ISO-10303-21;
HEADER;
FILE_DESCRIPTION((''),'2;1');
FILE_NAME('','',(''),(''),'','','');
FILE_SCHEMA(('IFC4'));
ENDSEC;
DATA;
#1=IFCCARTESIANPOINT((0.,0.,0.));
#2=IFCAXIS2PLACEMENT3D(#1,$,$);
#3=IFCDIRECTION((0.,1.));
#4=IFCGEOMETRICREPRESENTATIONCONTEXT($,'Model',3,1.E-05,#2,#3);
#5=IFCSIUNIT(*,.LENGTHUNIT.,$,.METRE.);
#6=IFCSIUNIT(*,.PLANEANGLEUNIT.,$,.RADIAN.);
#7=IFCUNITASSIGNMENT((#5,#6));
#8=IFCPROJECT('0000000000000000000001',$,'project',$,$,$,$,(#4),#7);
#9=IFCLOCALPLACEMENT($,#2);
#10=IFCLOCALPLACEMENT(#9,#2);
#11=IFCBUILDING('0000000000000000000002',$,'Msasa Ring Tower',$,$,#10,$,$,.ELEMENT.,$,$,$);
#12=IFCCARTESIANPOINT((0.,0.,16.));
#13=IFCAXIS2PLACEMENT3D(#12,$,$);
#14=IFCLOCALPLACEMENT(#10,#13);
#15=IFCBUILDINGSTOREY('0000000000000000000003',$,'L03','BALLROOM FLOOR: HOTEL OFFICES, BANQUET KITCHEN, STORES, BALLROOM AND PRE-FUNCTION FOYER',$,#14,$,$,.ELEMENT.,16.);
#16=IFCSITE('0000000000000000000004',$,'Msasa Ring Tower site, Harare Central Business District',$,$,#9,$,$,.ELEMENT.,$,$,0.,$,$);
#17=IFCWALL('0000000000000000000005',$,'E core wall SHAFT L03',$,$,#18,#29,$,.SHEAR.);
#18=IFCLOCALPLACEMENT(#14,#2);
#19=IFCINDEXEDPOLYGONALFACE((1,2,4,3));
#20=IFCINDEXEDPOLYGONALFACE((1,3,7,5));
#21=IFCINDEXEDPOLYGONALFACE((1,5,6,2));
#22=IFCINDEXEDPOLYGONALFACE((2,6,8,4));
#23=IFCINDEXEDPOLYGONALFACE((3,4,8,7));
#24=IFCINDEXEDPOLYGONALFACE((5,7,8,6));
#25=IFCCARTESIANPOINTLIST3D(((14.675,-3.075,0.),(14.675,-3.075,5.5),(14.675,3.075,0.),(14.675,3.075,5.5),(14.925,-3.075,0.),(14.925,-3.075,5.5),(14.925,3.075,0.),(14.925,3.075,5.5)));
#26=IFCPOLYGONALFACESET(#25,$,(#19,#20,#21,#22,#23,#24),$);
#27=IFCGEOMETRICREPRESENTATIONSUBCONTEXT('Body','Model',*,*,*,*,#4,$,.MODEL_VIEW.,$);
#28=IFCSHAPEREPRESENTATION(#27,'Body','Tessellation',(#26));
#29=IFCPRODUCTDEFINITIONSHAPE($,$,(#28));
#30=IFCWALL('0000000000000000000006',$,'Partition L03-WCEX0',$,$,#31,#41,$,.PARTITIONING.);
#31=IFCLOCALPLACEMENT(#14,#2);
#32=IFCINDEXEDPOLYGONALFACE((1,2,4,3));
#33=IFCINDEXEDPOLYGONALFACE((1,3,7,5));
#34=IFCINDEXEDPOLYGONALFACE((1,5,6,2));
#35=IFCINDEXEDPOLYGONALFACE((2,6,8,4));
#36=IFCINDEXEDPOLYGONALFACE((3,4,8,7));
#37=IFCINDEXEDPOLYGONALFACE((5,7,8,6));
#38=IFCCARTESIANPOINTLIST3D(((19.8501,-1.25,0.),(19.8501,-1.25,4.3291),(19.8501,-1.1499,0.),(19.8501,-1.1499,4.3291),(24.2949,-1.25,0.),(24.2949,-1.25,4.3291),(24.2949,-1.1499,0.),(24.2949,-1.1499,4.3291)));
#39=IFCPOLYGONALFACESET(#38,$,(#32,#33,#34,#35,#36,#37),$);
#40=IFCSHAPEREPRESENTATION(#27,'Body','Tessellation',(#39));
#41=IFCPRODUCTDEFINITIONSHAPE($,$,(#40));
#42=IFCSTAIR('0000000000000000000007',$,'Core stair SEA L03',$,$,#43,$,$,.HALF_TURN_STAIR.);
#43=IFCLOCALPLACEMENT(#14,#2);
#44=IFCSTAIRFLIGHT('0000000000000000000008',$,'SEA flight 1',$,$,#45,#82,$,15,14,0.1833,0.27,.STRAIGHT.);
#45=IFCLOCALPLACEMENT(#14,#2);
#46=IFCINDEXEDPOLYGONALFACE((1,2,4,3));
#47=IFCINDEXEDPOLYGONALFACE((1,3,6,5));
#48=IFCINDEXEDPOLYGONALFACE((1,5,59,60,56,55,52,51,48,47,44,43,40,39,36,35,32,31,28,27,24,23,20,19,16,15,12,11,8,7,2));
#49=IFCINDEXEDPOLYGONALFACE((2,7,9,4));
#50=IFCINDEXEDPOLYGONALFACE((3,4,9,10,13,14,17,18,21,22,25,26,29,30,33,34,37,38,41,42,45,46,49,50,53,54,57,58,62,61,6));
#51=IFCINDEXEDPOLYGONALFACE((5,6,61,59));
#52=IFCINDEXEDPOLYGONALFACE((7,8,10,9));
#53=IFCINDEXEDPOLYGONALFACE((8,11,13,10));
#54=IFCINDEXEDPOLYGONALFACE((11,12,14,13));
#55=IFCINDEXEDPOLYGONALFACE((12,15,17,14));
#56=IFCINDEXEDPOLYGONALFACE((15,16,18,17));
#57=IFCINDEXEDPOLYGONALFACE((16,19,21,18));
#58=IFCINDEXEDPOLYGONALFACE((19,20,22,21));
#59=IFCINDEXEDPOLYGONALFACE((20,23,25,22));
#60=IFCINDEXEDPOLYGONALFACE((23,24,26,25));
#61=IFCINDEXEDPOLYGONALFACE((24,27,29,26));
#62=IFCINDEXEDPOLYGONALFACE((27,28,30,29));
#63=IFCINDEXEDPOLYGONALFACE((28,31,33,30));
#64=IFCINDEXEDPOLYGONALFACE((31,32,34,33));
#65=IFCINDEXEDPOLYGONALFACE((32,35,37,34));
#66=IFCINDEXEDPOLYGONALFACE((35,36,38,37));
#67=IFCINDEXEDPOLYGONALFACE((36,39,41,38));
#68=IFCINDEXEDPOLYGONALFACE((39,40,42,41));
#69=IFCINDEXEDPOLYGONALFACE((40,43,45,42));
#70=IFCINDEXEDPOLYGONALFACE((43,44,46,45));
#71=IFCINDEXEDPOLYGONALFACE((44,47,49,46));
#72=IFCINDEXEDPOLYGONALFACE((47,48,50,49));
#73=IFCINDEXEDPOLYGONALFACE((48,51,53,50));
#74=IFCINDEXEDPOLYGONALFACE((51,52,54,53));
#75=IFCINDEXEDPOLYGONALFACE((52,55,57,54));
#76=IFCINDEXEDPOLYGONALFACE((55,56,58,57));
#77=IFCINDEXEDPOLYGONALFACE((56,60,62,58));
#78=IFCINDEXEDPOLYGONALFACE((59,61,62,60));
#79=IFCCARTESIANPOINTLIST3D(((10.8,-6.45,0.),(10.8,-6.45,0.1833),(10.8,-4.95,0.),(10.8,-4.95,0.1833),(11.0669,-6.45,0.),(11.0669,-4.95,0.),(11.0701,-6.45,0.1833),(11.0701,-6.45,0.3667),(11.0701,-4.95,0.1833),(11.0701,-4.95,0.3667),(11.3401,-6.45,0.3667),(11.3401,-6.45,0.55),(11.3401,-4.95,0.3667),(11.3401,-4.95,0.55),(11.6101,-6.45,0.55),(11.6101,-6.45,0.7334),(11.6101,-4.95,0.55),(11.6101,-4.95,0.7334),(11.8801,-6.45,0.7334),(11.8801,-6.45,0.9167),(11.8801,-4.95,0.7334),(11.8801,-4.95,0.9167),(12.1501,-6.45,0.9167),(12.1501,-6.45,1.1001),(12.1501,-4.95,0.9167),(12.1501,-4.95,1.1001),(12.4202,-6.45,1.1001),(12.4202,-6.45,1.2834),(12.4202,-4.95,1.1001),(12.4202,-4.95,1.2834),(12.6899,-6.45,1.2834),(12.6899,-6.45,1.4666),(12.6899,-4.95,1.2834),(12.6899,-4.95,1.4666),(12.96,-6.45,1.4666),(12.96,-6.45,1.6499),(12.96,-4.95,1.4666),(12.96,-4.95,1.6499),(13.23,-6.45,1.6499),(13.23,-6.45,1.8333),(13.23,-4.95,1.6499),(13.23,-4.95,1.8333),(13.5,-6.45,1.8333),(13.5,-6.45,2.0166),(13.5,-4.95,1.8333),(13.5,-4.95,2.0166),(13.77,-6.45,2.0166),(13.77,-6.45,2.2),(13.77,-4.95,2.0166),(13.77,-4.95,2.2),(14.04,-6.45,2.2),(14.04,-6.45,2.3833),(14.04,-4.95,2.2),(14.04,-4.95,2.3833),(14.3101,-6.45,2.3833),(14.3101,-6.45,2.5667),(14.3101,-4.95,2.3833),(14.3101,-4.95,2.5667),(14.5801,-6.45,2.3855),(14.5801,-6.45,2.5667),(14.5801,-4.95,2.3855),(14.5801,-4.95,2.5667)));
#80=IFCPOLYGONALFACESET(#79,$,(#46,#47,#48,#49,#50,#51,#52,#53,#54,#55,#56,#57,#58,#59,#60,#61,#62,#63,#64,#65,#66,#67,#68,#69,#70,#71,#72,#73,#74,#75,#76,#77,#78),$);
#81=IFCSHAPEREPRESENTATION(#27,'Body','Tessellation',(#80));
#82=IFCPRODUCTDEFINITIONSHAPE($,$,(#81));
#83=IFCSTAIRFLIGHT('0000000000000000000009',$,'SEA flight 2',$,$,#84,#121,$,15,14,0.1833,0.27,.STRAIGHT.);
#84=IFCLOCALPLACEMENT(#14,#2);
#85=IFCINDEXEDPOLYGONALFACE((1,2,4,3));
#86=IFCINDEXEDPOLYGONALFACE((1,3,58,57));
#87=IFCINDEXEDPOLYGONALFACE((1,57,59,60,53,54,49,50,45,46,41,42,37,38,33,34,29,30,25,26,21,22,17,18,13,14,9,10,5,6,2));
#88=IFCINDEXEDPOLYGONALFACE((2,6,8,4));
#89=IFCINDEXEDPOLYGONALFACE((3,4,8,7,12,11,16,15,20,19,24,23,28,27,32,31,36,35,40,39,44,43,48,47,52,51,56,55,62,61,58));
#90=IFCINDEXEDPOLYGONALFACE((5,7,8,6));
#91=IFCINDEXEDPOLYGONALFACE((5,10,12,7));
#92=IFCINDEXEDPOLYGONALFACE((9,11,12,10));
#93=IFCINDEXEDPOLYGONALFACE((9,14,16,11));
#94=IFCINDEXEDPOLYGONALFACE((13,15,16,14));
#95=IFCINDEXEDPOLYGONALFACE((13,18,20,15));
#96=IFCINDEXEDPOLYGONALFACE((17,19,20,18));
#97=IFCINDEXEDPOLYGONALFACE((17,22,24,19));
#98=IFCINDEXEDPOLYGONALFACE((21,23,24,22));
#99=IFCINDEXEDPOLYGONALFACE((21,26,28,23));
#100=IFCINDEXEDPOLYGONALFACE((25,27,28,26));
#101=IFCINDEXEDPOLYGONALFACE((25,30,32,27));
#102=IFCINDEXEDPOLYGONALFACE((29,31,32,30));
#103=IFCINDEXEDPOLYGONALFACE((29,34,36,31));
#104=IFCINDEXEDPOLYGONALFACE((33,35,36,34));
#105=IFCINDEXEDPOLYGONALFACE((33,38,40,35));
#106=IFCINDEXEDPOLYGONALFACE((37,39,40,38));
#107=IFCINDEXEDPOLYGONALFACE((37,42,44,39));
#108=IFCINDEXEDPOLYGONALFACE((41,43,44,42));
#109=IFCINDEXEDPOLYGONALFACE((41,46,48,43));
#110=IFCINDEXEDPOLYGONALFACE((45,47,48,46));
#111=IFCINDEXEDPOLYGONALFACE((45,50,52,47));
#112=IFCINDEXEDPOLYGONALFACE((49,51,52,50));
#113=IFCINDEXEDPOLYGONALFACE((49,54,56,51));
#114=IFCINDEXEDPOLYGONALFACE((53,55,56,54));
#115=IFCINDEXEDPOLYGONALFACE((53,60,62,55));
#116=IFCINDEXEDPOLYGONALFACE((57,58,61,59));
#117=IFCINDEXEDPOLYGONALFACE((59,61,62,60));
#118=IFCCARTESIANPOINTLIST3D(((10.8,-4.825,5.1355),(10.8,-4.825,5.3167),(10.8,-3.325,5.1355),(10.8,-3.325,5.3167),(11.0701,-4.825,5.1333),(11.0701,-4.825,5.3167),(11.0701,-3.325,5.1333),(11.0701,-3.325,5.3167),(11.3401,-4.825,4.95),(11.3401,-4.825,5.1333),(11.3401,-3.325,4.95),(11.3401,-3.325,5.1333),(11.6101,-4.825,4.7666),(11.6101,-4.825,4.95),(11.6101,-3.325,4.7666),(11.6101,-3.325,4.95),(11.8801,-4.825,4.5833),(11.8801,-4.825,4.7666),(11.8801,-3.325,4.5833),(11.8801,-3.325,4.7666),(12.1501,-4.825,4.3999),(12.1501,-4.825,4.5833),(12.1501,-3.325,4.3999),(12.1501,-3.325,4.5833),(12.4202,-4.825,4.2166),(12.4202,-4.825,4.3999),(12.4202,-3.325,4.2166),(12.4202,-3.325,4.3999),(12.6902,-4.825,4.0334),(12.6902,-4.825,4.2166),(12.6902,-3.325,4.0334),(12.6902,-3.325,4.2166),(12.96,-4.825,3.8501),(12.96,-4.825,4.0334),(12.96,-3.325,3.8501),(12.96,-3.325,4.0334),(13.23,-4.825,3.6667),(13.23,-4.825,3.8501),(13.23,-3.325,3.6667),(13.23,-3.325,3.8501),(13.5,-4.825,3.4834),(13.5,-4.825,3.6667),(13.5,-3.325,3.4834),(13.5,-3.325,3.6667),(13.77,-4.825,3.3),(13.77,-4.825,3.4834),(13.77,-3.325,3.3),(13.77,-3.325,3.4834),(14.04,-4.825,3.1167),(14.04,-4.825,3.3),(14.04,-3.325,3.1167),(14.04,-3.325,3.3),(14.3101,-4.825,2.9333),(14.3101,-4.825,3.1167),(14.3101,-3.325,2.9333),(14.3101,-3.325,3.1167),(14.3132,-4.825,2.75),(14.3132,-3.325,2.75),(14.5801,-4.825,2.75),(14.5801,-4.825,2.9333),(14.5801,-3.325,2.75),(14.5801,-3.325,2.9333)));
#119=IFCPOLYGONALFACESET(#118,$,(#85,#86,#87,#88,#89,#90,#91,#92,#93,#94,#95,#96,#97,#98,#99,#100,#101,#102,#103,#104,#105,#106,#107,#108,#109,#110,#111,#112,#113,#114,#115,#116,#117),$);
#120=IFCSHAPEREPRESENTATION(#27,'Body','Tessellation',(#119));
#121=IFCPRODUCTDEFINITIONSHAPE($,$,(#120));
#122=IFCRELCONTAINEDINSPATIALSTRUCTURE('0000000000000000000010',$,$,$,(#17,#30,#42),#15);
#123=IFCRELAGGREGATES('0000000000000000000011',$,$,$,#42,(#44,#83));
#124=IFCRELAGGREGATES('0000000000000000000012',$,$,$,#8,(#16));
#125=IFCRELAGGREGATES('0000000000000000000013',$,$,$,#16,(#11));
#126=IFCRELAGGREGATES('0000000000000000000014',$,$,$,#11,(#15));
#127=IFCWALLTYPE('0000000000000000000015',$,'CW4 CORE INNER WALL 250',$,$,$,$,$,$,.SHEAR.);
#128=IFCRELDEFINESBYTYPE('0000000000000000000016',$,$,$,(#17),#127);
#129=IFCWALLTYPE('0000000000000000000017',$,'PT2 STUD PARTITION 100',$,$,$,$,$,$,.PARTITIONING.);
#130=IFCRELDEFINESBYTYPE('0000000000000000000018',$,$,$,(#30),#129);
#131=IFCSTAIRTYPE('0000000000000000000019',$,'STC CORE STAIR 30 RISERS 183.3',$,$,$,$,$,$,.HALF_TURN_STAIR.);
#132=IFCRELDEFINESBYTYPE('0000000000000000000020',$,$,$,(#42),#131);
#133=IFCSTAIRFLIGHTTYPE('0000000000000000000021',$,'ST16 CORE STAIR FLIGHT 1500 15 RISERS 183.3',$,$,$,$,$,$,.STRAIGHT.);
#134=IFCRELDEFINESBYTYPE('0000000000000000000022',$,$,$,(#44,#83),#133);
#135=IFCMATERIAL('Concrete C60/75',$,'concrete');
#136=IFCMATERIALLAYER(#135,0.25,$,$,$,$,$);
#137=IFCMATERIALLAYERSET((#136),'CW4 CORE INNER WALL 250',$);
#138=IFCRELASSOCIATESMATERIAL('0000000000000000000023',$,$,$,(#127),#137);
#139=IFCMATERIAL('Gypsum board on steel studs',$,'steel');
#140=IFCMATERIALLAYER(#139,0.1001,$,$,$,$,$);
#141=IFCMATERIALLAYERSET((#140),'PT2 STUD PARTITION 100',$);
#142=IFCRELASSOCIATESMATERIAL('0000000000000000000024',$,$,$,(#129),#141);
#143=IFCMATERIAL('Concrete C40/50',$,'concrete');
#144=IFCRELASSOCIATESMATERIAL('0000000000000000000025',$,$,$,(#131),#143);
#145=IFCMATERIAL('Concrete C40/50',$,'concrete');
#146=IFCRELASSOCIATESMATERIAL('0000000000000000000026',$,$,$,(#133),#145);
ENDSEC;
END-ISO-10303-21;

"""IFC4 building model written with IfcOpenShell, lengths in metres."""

from ifc_helpers import new_model, si_unit, direction, frame, frame_2d, origin, place, context, subcontext, project, spatial, polyline, rectangle, outline, extrude, material, layer, layer_set, type_object, element, aggregate, save


model = new_model("IFC4")

# Units and contexts
model_context = context("Model", 3, precision=1e-05, world=origin(), true_north=direction((0.0, 1.0)))
body_context = subcontext(model_context, "Body", "Model", "MODEL_VIEW")
ifc_project = project(units=[si_unit("LENGTHUNIT", "METRE"), si_unit("PLANEANGLEUNIT", "RADIAN")], contexts=[model_context])

# Site, building, storey
site_placement = place(None, origin())
site = spatial("IfcSite", under=ifc_project, at=site_placement, Name="Msasa Ring Tower site, Harare Central Business District", CompositionType="ELEMENT", RefElevation=0.0)
building_placement = place(site_placement, origin())
building = spatial("IfcBuilding", under=site, at=building_placement, Name="Msasa Ring Tower", CompositionType="ELEMENT")
storey_placement = place(building_placement, frame((0.0, 0.0, 16.0)))
storey = spatial("IfcBuildingStorey", under=building, at=storey_placement, Name="L03", Description="BALLROOM FLOOR: HOTEL OFFICES, BANQUET KITCHEN, STORES, BALLROOM AND PRE-FUNCTION FOYER", CompositionType="ELEMENT", Elevation=16.0)

# Shared definitions
ifc_material_1 = material(Name="Concrete C60/75", Category="concrete")
ifc_layer_1 = layer(ifc_material_1, 0.25)
ifc_layer_set_1 = layer_set([ifc_layer_1], Name="CW4 CORE INNER WALL 250")
wall_type_1 = type_object("IfcWallType", Name="CW4 CORE INNER WALL 250", PredefinedType="SHEAR", material=ifc_layer_set_1)

# Walls
wall_1_placement = place(storey_placement, frame((14.8, -3.075, 0.0), z_axis=(0.0, 0.0, 1.0), x_axis=(0.0, 1.0, 0.0)))
element("IfcWall", 1, at=wall_1_placement, inside=storey, type_object=wall_type_1, Name="E core wall SHAFT L03", PredefinedType="SHEAR", context=body_context, shape_type="SweptSolid", body=[
    extrude(rectangle(XDim=6.1499, YDim=0.25, at=frame_2d((3.075, 0.0))), origin(), (0.0, 0.0, 1.0), 5.5),
])
ifc_material_2 = material(Name="Gypsum board on steel studs", Category="steel")
ifc_layer_2 = layer(ifc_material_2, 0.1001)
ifc_layer_set_2 = layer_set([ifc_layer_2], Name="PT2 STUD PARTITION 100")
wall_type_2 = type_object("IfcWallType", Name="PT2 STUD PARTITION 100", PredefinedType="PARTITIONING", material=ifc_layer_set_2)
wall_2_placement = place(storey_placement, frame((19.8501, -1.2, 0.0), z_axis=(0.0, 0.0, 1.0), x_axis=(1.0, 0.0, 0.0)))
element("IfcWall", 2, at=wall_2_placement, inside=storey, type_object=wall_type_2, Name="Partition L03-WCEX0", PredefinedType="PARTITIONING", context=body_context, shape_type="SweptSolid", body=[
    extrude(rectangle(XDim=4.4448, YDim=0.1001, at=frame_2d((2.2224, 0.0))), origin(), (0.0, 0.0, 1.0), 4.3291),
])

# Stair, stair flights
ifc_material_3 = material(Name="Concrete C40/50", Category="concrete")
stair_type_1 = type_object("IfcStairType", Name="STC CORE STAIR 30 RISERS 183.3", PredefinedType="HALF_TURN_STAIR", material=ifc_material_3)
stair_1_placement = place(storey_placement, origin())
stair_1 = element("IfcStair", 3, at=stair_1_placement, inside=storey, type_object=stair_type_1, Name="Core stair SEA L03", PredefinedType="HALF_TURN_STAIR")
ifc_material_4 = material(Name="Concrete C40/50", Category="concrete")
stair_flight_type = type_object("IfcStairFlightType", Name="ST16 CORE STAIR FLIGHT 1500 15 RISERS 183.3", PredefinedType="STRAIGHT", material=ifc_material_4)
stair_flight_1_placement = place(storey_placement, frame((10.8, -5.7, 0.0), z_axis=(0.0, 0.0, 1.0), x_axis=(1.0, 0.0, 0.0)))
stair_flight_1 = element("IfcStairFlight", 4, at=stair_flight_1_placement, type_object=stair_flight_type, Name="SEA flight 1", NumberOfRisers=15, NumberOfTreads=14, PredefinedType="STRAIGHT", RiserHeight=0.1833, TreadLength=0.27, context=body_context, shape_type="SweptSolid", body=[
    extrude(outline(polyline([(0.0, 0.0), (0.0, 0.1833), (0.27, 0.1833), (0.27, 0.3667), (0.54, 0.3667), (0.54, 0.55), (0.8101, 0.55), (0.8101, 0.7334), (1.0801, 0.7334), (1.0801, 0.9167), (1.3501, 0.9167), (1.3501, 1.1001), (1.6201, 1.1001), (1.6201, 1.2834), (1.8899, 1.2834), (1.8899, 1.4666), (2.1599, 1.4666), (2.1599, 1.6499), (2.4299, 1.6499), (2.4299, 1.8333), (2.7, 1.8333), (2.7, 2.0166), (2.97, 2.0166), (2.97, 2.2), (3.24, 2.2), (3.24, 2.3833), (3.51, 2.3833), (3.51, 2.5667), (3.78, 2.5667), (3.78, 2.75), (3.78, 2.3855), (0.2668, 0.0), (0.0, 0.0)])), frame((0.0, 0.75, 0.0), z_axis=(0.0, -1.0, 0.0), x_axis=(1.0, 0.0, 0.0)), (0.0, 0.0, 1.0), 1.5),
])
stair_flight_2_placement = place(storey_placement, frame((14.5801, -4.075, 2.75), z_axis=(0.0, 0.0, 1.0), x_axis=(-1.0, 0.0, 0.0)))
stair_flight_2 = element("IfcStairFlight", 5, at=stair_flight_2_placement, type_object=stair_flight_type, Name="SEA flight 2", NumberOfRisers=15, NumberOfTreads=14, PredefinedType="STRAIGHT", RiserHeight=0.1833, TreadLength=0.27, context=body_context, shape_type="SweptSolid", body=[
    extrude(outline(polyline([(0.0, 0.0), (0.0, 0.1833), (0.27, 0.1833), (0.27, 0.3667), (0.54, 0.3667), (0.54, 0.55), (0.8101, 0.55), (0.8101, 0.7334), (1.0801, 0.7334), (1.0801, 0.9167), (1.3501, 0.9167), (1.3501, 1.1001), (1.6201, 1.1001), (1.6201, 1.2834), (1.8899, 1.2834), (1.8899, 1.4666), (2.1599, 1.4666), (2.1599, 1.6499), (2.4299, 1.6499), (2.4299, 1.8333), (2.7, 1.8333), (2.7, 2.0166), (2.97, 2.0166), (2.97, 2.2), (3.24, 2.2), (3.24, 2.3833), (3.51, 2.3833), (3.51, 2.5667), (3.78, 2.5667), (3.78, 2.75), (3.78, 2.3855), (0.2668, 0.0), (0.0, 0.0)])), frame((0.0, 0.75, 0.0), z_axis=(0.0, -1.0, 0.0), x_axis=(1.0, 0.0, 0.0)), (0.0, 0.0, 1.0), 1.5),
])
aggregate(stair_1, [stair_flight_1, stair_flight_2])

save(model, "model.ifc")
